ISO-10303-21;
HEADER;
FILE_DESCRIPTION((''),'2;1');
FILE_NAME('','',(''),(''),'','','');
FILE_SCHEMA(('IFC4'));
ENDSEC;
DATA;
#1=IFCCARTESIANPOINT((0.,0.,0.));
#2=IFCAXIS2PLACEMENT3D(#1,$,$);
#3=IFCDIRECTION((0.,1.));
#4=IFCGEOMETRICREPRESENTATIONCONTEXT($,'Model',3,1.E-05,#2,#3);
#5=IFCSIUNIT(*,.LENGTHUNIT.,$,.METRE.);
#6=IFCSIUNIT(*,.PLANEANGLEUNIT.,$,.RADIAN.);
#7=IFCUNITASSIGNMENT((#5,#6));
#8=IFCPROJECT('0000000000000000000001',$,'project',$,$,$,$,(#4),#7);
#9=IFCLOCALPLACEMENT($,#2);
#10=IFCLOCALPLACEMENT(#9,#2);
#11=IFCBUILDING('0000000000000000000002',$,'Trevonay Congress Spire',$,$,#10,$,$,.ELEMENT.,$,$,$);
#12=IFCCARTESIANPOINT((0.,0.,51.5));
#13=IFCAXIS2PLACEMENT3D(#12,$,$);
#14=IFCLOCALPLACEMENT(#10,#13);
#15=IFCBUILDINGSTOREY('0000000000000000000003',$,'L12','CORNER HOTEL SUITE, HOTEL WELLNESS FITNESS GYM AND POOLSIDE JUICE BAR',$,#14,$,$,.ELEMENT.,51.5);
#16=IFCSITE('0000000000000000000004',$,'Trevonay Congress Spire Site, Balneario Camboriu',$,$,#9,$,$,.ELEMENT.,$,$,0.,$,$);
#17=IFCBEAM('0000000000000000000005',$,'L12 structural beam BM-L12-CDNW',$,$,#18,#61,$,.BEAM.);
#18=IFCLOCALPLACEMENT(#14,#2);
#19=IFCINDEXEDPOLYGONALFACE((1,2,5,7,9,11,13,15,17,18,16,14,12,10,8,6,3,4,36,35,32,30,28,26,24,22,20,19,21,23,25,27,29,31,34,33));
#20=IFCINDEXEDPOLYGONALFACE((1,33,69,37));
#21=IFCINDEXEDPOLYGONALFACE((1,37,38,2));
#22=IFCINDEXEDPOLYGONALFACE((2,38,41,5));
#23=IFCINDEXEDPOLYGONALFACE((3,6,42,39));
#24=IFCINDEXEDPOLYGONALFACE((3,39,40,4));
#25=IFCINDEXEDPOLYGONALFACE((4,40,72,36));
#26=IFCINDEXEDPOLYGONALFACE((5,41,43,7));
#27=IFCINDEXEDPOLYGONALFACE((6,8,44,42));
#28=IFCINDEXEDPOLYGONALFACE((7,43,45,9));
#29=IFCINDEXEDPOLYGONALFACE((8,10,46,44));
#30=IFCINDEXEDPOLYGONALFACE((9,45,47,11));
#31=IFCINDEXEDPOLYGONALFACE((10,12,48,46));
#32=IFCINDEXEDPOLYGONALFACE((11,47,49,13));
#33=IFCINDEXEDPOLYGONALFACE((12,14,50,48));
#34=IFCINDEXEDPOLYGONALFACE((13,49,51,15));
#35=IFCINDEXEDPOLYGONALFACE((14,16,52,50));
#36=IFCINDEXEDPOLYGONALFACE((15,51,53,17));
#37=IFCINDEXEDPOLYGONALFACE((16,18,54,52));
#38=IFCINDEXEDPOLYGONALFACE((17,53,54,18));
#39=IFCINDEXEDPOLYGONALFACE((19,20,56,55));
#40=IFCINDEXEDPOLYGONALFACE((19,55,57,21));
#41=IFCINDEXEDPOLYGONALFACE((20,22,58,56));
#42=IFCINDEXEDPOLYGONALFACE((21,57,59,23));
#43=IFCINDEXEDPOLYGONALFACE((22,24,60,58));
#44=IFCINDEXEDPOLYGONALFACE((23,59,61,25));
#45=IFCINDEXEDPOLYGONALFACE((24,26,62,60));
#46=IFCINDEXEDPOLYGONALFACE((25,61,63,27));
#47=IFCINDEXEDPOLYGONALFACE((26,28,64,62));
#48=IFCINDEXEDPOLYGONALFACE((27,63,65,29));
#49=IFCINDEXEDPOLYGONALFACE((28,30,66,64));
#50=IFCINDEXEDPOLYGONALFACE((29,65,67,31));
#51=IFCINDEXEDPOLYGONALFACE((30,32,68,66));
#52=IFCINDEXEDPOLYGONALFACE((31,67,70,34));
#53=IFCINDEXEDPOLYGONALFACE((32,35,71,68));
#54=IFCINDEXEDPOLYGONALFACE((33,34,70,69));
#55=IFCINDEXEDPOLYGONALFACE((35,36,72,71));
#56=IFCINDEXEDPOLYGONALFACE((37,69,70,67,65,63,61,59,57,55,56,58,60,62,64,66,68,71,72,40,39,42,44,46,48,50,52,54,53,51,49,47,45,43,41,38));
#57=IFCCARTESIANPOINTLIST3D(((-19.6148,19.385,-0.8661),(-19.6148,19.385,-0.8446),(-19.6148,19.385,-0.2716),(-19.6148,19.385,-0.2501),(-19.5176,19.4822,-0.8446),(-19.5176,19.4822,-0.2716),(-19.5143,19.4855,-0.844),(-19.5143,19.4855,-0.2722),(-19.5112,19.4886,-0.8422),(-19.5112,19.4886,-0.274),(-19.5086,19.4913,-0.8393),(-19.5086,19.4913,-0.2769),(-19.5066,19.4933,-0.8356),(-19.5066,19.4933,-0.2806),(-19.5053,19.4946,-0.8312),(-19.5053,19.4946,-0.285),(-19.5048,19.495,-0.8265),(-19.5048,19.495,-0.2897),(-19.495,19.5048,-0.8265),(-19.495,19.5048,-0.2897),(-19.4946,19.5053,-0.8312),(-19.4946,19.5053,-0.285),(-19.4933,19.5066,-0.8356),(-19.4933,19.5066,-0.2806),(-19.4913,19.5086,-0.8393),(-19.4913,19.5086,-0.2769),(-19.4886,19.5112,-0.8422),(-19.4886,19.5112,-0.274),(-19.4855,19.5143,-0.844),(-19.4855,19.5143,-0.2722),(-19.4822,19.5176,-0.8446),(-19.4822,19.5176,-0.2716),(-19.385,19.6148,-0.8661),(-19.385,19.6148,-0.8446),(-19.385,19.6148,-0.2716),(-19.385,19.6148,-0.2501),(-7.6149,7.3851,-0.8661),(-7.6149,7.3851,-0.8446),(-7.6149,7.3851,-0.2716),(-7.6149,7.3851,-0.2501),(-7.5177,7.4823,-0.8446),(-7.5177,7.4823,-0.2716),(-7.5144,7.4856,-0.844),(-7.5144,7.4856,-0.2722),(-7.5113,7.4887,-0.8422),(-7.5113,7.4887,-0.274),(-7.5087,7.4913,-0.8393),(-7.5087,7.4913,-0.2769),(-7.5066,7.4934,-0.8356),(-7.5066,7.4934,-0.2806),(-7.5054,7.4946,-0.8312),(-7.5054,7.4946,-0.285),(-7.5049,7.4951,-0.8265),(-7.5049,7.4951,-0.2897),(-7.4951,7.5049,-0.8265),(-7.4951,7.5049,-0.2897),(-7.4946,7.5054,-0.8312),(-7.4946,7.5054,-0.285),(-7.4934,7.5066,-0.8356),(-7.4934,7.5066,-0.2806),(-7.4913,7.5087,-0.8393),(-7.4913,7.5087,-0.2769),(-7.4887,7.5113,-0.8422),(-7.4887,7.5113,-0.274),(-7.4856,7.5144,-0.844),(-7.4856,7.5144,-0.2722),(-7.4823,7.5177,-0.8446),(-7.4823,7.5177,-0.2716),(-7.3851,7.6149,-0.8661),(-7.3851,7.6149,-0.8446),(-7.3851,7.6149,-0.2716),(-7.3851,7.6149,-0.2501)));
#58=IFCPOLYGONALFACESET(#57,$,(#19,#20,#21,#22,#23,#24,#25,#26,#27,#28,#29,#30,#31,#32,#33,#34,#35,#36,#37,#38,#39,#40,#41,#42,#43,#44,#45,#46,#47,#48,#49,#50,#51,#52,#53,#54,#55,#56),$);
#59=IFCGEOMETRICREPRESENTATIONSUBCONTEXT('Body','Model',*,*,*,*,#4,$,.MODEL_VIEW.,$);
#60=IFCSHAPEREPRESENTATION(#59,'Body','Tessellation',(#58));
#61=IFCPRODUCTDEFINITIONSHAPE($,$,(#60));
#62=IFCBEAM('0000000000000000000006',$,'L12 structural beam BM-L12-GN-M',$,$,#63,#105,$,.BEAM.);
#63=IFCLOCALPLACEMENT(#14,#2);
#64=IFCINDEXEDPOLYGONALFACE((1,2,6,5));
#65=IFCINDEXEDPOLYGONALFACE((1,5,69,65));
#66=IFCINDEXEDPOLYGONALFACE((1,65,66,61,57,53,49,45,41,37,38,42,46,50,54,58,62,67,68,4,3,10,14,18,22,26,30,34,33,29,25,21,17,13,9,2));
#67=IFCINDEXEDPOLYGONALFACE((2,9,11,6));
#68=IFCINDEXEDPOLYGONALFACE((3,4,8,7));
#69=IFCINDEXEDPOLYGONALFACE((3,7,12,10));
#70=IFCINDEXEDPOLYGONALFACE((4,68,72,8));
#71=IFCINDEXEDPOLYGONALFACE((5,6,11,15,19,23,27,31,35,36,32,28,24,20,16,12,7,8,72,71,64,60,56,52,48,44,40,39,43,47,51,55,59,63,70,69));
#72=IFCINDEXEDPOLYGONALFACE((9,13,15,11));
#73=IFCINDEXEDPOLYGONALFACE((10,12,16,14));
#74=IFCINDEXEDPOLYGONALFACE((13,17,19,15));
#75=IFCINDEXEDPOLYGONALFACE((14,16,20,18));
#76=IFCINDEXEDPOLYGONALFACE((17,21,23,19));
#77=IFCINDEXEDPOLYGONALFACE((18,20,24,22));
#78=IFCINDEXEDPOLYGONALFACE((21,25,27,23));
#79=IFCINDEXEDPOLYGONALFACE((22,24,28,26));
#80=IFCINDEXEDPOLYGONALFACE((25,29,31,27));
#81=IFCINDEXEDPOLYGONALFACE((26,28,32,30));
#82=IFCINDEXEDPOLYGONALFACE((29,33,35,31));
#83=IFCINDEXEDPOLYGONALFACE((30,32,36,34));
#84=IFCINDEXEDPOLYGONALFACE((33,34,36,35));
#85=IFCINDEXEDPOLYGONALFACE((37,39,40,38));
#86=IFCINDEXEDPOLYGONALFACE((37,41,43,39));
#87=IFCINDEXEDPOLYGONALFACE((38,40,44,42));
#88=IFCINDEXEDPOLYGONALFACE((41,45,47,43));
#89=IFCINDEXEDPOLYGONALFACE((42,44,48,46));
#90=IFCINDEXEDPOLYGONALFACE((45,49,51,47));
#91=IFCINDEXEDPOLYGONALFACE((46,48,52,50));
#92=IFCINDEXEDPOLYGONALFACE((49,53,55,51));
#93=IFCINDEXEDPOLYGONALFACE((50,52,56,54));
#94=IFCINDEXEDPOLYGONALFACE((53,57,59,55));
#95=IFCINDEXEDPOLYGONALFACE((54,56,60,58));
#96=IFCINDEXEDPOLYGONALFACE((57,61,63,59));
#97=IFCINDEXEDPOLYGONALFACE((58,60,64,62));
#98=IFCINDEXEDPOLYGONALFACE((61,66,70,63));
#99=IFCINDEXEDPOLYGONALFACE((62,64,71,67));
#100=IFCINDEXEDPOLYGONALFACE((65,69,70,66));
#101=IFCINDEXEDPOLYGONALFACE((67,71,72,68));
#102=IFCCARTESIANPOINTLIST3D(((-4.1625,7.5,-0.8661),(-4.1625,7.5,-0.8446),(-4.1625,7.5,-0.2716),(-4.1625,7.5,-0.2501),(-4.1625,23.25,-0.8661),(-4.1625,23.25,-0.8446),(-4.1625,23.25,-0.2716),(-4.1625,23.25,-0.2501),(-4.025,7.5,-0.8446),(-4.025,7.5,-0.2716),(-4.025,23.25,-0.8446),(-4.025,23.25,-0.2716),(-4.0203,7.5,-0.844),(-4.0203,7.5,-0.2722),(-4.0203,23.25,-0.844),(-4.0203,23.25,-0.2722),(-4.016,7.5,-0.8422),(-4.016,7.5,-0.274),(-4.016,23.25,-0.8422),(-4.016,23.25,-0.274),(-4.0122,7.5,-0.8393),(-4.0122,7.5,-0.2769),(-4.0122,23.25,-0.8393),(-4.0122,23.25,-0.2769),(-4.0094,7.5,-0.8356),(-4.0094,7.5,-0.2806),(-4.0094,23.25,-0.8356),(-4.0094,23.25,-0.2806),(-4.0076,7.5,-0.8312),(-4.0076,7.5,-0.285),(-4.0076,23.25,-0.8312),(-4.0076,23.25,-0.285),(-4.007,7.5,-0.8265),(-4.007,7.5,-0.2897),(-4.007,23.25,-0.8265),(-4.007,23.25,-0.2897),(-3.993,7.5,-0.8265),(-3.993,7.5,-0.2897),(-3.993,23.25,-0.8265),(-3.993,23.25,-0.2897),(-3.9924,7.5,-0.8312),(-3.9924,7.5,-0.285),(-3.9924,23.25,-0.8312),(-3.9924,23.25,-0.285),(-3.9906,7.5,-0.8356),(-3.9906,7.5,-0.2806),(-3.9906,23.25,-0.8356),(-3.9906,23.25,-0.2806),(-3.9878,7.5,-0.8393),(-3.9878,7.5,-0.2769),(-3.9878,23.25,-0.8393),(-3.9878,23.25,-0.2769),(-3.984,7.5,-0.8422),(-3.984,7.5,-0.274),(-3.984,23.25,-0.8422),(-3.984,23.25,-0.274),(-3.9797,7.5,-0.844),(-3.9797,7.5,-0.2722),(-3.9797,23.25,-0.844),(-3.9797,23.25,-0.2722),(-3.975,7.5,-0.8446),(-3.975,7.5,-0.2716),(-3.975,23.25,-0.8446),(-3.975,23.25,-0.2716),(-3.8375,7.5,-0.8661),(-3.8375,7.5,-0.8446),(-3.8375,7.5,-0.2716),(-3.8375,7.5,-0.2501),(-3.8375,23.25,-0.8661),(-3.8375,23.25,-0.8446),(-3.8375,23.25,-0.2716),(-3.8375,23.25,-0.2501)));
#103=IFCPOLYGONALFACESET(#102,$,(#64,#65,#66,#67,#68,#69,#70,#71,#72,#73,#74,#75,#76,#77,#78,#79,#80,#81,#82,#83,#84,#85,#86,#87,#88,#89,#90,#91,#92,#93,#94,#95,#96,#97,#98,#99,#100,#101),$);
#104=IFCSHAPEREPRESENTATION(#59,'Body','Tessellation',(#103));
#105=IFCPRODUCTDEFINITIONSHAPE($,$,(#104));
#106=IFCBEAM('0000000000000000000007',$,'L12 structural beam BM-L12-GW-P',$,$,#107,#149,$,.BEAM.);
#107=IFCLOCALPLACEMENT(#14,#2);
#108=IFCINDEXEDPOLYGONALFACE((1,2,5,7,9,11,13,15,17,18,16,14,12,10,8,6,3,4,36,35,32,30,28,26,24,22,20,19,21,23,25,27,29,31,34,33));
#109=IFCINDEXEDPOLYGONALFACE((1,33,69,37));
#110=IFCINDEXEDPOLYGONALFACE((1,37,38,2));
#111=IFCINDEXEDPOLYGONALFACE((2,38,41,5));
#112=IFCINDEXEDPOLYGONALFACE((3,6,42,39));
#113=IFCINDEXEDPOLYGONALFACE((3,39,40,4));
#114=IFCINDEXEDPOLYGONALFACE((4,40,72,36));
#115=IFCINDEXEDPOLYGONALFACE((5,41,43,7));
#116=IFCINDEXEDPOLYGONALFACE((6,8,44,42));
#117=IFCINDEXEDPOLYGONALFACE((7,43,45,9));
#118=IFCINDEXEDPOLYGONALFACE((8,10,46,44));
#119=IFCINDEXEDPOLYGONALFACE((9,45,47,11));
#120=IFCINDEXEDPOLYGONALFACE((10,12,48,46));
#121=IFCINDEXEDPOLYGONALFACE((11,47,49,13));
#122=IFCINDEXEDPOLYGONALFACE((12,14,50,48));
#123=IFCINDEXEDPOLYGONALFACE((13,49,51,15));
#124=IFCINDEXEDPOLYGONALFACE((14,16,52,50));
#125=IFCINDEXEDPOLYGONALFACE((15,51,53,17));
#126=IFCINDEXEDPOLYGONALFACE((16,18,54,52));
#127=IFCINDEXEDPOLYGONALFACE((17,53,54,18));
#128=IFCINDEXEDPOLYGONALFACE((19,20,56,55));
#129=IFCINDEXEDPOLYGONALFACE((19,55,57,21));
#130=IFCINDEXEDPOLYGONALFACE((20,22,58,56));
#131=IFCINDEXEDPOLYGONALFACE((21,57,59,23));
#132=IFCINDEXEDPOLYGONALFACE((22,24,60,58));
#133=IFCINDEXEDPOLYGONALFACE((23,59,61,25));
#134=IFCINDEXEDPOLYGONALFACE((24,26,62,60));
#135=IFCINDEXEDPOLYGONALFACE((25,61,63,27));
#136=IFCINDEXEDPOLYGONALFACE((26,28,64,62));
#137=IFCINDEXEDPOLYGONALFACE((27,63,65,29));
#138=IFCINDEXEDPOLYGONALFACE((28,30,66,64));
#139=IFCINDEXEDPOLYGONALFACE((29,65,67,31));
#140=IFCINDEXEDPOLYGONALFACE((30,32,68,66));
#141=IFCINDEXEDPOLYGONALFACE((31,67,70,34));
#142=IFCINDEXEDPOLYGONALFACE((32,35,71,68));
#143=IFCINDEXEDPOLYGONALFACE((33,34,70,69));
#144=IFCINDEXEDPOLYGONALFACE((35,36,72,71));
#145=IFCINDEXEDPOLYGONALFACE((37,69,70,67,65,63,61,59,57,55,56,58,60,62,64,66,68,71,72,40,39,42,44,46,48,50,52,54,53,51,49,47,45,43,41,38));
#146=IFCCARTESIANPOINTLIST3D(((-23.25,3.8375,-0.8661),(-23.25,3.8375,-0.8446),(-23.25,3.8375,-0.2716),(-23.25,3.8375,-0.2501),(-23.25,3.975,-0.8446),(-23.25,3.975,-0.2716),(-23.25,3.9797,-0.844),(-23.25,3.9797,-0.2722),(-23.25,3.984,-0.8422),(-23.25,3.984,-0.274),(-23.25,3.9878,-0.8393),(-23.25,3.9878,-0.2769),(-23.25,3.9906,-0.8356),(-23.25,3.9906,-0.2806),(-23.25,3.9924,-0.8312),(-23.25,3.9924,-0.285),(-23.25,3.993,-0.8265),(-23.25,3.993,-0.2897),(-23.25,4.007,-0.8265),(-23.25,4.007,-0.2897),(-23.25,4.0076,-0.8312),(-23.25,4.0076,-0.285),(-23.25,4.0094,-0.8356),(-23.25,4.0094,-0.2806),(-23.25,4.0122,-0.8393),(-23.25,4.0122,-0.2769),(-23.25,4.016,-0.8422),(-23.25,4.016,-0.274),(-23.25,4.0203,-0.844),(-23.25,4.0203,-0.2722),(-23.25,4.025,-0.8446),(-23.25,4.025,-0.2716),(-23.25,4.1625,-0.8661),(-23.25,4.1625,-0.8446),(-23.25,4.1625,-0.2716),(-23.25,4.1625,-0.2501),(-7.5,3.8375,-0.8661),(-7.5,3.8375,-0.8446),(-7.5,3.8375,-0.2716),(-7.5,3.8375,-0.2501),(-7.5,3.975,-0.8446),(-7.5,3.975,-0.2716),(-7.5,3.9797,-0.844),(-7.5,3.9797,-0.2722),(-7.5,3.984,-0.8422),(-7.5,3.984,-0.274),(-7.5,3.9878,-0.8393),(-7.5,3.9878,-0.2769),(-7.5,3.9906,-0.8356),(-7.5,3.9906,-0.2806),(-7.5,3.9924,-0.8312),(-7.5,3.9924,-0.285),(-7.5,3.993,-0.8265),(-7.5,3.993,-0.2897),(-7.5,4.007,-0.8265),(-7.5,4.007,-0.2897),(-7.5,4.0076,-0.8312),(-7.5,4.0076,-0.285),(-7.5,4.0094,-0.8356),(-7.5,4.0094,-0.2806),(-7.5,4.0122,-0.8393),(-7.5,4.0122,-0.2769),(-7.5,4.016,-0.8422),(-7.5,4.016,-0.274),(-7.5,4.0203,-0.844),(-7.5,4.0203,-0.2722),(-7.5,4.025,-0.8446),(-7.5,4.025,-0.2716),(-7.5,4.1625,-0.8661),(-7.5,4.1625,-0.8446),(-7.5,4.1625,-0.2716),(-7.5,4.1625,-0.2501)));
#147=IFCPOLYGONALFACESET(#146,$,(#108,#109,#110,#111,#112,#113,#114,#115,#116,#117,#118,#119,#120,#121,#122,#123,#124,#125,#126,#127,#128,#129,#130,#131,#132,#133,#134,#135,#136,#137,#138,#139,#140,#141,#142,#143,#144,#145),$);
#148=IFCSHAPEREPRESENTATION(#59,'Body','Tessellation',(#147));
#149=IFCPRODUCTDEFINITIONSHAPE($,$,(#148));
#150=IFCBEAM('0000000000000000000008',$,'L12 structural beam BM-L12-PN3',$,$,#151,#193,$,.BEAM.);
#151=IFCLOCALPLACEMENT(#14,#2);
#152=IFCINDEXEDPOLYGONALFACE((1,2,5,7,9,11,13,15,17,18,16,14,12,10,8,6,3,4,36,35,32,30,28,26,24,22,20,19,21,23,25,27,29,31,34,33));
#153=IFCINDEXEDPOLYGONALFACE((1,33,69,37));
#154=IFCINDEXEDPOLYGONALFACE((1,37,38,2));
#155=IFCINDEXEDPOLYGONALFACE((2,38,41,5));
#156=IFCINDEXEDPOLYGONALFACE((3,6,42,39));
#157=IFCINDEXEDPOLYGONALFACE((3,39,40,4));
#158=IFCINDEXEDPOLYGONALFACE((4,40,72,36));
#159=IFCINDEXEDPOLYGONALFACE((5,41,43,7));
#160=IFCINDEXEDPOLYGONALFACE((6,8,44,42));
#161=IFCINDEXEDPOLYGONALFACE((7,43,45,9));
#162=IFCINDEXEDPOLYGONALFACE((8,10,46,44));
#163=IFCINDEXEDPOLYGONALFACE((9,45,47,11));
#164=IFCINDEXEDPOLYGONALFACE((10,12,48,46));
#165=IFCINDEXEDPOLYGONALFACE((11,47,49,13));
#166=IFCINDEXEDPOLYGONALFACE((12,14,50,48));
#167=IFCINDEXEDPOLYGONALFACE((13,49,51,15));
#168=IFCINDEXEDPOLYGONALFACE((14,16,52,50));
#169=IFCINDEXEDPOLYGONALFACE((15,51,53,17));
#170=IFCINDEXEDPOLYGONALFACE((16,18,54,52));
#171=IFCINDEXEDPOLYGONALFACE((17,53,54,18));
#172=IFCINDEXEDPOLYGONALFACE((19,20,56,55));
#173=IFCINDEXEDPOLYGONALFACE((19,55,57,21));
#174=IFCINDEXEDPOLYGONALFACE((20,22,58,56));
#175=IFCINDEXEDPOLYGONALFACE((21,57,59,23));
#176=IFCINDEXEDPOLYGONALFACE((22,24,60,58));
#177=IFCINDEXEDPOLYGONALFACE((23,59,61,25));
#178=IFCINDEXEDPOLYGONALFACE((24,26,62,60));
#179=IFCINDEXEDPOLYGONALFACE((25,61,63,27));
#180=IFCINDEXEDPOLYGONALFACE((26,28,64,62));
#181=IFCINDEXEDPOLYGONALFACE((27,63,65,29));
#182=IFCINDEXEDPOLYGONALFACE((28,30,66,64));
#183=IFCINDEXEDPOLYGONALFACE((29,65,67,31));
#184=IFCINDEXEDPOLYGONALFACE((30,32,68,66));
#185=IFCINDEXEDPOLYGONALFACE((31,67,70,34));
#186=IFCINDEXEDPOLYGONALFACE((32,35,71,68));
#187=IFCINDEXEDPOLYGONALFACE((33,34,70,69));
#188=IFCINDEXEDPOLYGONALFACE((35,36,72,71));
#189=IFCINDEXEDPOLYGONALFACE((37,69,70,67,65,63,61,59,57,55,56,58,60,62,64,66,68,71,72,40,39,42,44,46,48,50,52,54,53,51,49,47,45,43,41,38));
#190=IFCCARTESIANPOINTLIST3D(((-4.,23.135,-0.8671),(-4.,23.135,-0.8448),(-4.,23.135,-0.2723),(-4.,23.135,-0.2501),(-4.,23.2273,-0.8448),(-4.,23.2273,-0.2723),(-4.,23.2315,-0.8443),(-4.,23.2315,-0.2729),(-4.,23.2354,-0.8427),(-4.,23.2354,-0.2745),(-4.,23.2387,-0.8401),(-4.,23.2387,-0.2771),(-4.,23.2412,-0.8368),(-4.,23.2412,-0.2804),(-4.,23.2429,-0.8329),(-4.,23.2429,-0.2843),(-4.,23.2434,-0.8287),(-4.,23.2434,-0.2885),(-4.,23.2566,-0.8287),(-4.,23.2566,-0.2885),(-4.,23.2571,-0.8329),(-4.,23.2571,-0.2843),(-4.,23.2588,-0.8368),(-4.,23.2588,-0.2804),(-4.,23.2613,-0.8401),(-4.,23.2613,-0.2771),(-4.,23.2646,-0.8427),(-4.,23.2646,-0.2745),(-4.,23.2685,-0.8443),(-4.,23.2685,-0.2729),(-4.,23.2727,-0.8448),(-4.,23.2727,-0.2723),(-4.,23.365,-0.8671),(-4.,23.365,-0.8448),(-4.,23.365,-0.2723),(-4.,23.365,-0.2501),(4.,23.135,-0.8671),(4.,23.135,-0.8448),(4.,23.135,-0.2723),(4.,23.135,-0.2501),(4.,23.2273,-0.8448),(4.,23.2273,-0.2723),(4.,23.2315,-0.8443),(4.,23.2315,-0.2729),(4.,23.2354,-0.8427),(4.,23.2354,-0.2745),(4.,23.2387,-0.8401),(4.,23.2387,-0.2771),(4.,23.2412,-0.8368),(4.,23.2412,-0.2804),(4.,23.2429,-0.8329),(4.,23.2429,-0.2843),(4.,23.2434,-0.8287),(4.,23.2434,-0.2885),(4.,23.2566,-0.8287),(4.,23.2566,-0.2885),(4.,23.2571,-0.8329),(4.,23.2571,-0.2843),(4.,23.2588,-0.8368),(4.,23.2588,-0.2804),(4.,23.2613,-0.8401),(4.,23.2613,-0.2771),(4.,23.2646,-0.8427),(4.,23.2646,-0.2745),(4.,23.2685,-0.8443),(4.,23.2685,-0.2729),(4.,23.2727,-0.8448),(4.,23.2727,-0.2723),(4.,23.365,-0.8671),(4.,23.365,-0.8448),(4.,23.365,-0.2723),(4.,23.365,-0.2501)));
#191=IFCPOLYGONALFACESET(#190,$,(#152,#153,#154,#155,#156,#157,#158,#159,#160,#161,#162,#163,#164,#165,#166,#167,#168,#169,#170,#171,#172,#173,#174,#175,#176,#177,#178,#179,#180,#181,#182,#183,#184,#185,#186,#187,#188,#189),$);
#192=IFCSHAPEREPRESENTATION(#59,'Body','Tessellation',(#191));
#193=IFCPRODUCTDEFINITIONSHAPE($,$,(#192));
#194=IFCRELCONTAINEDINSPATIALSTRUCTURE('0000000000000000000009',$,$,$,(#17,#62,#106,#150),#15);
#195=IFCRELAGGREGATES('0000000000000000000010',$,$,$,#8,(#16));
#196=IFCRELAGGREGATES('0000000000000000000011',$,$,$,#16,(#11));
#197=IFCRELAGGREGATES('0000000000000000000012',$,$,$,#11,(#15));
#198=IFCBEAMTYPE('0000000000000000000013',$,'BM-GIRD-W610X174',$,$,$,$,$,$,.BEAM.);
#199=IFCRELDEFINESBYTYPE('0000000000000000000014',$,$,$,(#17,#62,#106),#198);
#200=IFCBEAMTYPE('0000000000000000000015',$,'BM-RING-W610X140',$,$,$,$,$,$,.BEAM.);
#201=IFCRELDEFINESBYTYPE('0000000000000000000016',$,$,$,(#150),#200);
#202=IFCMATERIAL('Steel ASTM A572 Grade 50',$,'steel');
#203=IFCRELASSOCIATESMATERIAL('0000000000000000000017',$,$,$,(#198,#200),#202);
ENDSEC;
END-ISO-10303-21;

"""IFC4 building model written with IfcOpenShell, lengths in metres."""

from ifc_helpers import new_model, si_unit, direction, frame, origin, origin_2d, place, context, subcontext, project, spatial, i_section, extrude, material, material_profile, profile_set, type_object, element, save


model = new_model("IFC4")

# Units and contexts
model_context = context("Model", 3, precision=1e-05, world=origin(), true_north=direction((0.0, 1.0)))
body_context = subcontext(model_context, "Body", "Model", "MODEL_VIEW")
ifc_project = project(units=[si_unit("LENGTHUNIT", "METRE"), si_unit("PLANEANGLEUNIT", "RADIAN")], contexts=[model_context])

# Site, building, storey
site_placement = place(None, origin())
site = spatial("IfcSite", under=ifc_project, at=site_placement, Name="Trevonay Congress Spire Site, Balneario Camboriu", CompositionType="ELEMENT", RefElevation=0.0)
building_placement = place(site_placement, origin())
building = spatial("IfcBuilding", under=site, at=building_placement, Name="Trevonay Congress Spire", CompositionType="ELEMENT")
storey_placement = place(building_placement, frame((0.0, 0.0, 51.5)))
storey = spatial("IfcBuildingStorey", under=building, at=storey_placement, Name="L12", Description="CORNER HOTEL SUITE, HOTEL WELLNESS FITNESS GYM AND POOLSIDE JUICE BAR", CompositionType="ELEMENT", Elevation=51.5)

# Shared definitions
ifc_material_1 = material(Name="Steel ASTM A572 Grade 50", Category="steel")

# Beams
ifc_material_profile_1 = material_profile(ifc_material_1, i_section(OverallWidth=0.325, OverallDepth=0.616, WebThickness=0.0139, FlangeThickness=0.0215, FilletRadius=0.0181, at=origin_2d()), Name="W610x174")
ifc_profile_set_1 = profile_set([ifc_material_profile_1], Name="Steel ASTM A572 Grade 50")
beam_type_1 = type_object("IfcBeamType", Name="BM-GIRD-W610X174", PredefinedType="BEAM", material=ifc_profile_set_1)
beam_1_placement = place(storey_placement, frame((-7.5, 7.5, -0.5581), z_axis=(-0.707107, 0.707107, 0.0), x_axis=(-0.707107, -0.707107, 0.0)))
element("IfcBeam", 1, at=beam_1_placement, inside=storey, type_object=beam_type_1, Name="L12 structural beam BM-L12-CDNW", PredefinedType="BEAM", context=body_context, shape_type="SweptSolid", body=[
    extrude(i_section(OverallWidth=0.325, OverallDepth=0.616, WebThickness=0.0139, FlangeThickness=0.0215, FilletRadius=0.0181, at=origin_2d()), origin(), (0.0, 0.0, 1.0), 16.9705),
])
for number, where, z_axis, x_axis, name in (
    (2, (-4.0, 7.5, -0.5581), (0.0, 1.0, 0.0), (-1.0, 0.0, 0.0), "L12 structural beam BM-L12-GN-M"),
    (3, (-7.5, 4.0, -0.5581), (-1.0, 0.0, 0.0), (0.0, -1.0, 0.0), "L12 structural beam BM-L12-GW-P"),
):
    element("IfcBeam", number, at=place(storey_placement, frame(where, z_axis=z_axis, x_axis=x_axis)), inside=storey, type_object=beam_type_1, Name=name, PredefinedType="BEAM", context=body_context, shape_type="SweptSolid", body=[
        extrude(i_section(OverallWidth=0.325, OverallDepth=0.616, WebThickness=0.0139, FlangeThickness=0.0215, FilletRadius=0.0181, at=origin_2d()), origin(), (0.0, 0.0, 1.0), 15.75),
    ])
ifc_material_profile_2 = material_profile(ifc_material_1, i_section(OverallWidth=0.23, OverallDepth=0.6169, WebThickness=0.0132, FlangeThickness=0.0222, FilletRadius=0.0161, at=origin_2d()), Name="W610x140")
ifc_profile_set_2 = profile_set([ifc_material_profile_2], Name="Steel ASTM A572 Grade 50")
beam_type_2 = type_object("IfcBeamType", Name="BM-RING-W610X140", PredefinedType="BEAM", material=ifc_profile_set_2)
beam_2_placement = place(storey_placement, frame((-4.0, 23.25, -0.5586), z_axis=(1.0, 0.0, 0.0), x_axis=(0.0, 1.0, 0.0)))
element("IfcBeam", 4, at=beam_2_placement, inside=storey, type_object=beam_type_2, Name="L12 structural beam BM-L12-PN3", PredefinedType="BEAM", context=body_context, shape_type="SweptSolid", body=[
    extrude(i_section(OverallWidth=0.23, OverallDepth=0.6169, WebThickness=0.0132, FlangeThickness=0.0222, FilletRadius=0.0161, at=origin_2d()), origin(), (0.0, 0.0, 1.0), 8.0),
])

save(model, "model.ifc")
